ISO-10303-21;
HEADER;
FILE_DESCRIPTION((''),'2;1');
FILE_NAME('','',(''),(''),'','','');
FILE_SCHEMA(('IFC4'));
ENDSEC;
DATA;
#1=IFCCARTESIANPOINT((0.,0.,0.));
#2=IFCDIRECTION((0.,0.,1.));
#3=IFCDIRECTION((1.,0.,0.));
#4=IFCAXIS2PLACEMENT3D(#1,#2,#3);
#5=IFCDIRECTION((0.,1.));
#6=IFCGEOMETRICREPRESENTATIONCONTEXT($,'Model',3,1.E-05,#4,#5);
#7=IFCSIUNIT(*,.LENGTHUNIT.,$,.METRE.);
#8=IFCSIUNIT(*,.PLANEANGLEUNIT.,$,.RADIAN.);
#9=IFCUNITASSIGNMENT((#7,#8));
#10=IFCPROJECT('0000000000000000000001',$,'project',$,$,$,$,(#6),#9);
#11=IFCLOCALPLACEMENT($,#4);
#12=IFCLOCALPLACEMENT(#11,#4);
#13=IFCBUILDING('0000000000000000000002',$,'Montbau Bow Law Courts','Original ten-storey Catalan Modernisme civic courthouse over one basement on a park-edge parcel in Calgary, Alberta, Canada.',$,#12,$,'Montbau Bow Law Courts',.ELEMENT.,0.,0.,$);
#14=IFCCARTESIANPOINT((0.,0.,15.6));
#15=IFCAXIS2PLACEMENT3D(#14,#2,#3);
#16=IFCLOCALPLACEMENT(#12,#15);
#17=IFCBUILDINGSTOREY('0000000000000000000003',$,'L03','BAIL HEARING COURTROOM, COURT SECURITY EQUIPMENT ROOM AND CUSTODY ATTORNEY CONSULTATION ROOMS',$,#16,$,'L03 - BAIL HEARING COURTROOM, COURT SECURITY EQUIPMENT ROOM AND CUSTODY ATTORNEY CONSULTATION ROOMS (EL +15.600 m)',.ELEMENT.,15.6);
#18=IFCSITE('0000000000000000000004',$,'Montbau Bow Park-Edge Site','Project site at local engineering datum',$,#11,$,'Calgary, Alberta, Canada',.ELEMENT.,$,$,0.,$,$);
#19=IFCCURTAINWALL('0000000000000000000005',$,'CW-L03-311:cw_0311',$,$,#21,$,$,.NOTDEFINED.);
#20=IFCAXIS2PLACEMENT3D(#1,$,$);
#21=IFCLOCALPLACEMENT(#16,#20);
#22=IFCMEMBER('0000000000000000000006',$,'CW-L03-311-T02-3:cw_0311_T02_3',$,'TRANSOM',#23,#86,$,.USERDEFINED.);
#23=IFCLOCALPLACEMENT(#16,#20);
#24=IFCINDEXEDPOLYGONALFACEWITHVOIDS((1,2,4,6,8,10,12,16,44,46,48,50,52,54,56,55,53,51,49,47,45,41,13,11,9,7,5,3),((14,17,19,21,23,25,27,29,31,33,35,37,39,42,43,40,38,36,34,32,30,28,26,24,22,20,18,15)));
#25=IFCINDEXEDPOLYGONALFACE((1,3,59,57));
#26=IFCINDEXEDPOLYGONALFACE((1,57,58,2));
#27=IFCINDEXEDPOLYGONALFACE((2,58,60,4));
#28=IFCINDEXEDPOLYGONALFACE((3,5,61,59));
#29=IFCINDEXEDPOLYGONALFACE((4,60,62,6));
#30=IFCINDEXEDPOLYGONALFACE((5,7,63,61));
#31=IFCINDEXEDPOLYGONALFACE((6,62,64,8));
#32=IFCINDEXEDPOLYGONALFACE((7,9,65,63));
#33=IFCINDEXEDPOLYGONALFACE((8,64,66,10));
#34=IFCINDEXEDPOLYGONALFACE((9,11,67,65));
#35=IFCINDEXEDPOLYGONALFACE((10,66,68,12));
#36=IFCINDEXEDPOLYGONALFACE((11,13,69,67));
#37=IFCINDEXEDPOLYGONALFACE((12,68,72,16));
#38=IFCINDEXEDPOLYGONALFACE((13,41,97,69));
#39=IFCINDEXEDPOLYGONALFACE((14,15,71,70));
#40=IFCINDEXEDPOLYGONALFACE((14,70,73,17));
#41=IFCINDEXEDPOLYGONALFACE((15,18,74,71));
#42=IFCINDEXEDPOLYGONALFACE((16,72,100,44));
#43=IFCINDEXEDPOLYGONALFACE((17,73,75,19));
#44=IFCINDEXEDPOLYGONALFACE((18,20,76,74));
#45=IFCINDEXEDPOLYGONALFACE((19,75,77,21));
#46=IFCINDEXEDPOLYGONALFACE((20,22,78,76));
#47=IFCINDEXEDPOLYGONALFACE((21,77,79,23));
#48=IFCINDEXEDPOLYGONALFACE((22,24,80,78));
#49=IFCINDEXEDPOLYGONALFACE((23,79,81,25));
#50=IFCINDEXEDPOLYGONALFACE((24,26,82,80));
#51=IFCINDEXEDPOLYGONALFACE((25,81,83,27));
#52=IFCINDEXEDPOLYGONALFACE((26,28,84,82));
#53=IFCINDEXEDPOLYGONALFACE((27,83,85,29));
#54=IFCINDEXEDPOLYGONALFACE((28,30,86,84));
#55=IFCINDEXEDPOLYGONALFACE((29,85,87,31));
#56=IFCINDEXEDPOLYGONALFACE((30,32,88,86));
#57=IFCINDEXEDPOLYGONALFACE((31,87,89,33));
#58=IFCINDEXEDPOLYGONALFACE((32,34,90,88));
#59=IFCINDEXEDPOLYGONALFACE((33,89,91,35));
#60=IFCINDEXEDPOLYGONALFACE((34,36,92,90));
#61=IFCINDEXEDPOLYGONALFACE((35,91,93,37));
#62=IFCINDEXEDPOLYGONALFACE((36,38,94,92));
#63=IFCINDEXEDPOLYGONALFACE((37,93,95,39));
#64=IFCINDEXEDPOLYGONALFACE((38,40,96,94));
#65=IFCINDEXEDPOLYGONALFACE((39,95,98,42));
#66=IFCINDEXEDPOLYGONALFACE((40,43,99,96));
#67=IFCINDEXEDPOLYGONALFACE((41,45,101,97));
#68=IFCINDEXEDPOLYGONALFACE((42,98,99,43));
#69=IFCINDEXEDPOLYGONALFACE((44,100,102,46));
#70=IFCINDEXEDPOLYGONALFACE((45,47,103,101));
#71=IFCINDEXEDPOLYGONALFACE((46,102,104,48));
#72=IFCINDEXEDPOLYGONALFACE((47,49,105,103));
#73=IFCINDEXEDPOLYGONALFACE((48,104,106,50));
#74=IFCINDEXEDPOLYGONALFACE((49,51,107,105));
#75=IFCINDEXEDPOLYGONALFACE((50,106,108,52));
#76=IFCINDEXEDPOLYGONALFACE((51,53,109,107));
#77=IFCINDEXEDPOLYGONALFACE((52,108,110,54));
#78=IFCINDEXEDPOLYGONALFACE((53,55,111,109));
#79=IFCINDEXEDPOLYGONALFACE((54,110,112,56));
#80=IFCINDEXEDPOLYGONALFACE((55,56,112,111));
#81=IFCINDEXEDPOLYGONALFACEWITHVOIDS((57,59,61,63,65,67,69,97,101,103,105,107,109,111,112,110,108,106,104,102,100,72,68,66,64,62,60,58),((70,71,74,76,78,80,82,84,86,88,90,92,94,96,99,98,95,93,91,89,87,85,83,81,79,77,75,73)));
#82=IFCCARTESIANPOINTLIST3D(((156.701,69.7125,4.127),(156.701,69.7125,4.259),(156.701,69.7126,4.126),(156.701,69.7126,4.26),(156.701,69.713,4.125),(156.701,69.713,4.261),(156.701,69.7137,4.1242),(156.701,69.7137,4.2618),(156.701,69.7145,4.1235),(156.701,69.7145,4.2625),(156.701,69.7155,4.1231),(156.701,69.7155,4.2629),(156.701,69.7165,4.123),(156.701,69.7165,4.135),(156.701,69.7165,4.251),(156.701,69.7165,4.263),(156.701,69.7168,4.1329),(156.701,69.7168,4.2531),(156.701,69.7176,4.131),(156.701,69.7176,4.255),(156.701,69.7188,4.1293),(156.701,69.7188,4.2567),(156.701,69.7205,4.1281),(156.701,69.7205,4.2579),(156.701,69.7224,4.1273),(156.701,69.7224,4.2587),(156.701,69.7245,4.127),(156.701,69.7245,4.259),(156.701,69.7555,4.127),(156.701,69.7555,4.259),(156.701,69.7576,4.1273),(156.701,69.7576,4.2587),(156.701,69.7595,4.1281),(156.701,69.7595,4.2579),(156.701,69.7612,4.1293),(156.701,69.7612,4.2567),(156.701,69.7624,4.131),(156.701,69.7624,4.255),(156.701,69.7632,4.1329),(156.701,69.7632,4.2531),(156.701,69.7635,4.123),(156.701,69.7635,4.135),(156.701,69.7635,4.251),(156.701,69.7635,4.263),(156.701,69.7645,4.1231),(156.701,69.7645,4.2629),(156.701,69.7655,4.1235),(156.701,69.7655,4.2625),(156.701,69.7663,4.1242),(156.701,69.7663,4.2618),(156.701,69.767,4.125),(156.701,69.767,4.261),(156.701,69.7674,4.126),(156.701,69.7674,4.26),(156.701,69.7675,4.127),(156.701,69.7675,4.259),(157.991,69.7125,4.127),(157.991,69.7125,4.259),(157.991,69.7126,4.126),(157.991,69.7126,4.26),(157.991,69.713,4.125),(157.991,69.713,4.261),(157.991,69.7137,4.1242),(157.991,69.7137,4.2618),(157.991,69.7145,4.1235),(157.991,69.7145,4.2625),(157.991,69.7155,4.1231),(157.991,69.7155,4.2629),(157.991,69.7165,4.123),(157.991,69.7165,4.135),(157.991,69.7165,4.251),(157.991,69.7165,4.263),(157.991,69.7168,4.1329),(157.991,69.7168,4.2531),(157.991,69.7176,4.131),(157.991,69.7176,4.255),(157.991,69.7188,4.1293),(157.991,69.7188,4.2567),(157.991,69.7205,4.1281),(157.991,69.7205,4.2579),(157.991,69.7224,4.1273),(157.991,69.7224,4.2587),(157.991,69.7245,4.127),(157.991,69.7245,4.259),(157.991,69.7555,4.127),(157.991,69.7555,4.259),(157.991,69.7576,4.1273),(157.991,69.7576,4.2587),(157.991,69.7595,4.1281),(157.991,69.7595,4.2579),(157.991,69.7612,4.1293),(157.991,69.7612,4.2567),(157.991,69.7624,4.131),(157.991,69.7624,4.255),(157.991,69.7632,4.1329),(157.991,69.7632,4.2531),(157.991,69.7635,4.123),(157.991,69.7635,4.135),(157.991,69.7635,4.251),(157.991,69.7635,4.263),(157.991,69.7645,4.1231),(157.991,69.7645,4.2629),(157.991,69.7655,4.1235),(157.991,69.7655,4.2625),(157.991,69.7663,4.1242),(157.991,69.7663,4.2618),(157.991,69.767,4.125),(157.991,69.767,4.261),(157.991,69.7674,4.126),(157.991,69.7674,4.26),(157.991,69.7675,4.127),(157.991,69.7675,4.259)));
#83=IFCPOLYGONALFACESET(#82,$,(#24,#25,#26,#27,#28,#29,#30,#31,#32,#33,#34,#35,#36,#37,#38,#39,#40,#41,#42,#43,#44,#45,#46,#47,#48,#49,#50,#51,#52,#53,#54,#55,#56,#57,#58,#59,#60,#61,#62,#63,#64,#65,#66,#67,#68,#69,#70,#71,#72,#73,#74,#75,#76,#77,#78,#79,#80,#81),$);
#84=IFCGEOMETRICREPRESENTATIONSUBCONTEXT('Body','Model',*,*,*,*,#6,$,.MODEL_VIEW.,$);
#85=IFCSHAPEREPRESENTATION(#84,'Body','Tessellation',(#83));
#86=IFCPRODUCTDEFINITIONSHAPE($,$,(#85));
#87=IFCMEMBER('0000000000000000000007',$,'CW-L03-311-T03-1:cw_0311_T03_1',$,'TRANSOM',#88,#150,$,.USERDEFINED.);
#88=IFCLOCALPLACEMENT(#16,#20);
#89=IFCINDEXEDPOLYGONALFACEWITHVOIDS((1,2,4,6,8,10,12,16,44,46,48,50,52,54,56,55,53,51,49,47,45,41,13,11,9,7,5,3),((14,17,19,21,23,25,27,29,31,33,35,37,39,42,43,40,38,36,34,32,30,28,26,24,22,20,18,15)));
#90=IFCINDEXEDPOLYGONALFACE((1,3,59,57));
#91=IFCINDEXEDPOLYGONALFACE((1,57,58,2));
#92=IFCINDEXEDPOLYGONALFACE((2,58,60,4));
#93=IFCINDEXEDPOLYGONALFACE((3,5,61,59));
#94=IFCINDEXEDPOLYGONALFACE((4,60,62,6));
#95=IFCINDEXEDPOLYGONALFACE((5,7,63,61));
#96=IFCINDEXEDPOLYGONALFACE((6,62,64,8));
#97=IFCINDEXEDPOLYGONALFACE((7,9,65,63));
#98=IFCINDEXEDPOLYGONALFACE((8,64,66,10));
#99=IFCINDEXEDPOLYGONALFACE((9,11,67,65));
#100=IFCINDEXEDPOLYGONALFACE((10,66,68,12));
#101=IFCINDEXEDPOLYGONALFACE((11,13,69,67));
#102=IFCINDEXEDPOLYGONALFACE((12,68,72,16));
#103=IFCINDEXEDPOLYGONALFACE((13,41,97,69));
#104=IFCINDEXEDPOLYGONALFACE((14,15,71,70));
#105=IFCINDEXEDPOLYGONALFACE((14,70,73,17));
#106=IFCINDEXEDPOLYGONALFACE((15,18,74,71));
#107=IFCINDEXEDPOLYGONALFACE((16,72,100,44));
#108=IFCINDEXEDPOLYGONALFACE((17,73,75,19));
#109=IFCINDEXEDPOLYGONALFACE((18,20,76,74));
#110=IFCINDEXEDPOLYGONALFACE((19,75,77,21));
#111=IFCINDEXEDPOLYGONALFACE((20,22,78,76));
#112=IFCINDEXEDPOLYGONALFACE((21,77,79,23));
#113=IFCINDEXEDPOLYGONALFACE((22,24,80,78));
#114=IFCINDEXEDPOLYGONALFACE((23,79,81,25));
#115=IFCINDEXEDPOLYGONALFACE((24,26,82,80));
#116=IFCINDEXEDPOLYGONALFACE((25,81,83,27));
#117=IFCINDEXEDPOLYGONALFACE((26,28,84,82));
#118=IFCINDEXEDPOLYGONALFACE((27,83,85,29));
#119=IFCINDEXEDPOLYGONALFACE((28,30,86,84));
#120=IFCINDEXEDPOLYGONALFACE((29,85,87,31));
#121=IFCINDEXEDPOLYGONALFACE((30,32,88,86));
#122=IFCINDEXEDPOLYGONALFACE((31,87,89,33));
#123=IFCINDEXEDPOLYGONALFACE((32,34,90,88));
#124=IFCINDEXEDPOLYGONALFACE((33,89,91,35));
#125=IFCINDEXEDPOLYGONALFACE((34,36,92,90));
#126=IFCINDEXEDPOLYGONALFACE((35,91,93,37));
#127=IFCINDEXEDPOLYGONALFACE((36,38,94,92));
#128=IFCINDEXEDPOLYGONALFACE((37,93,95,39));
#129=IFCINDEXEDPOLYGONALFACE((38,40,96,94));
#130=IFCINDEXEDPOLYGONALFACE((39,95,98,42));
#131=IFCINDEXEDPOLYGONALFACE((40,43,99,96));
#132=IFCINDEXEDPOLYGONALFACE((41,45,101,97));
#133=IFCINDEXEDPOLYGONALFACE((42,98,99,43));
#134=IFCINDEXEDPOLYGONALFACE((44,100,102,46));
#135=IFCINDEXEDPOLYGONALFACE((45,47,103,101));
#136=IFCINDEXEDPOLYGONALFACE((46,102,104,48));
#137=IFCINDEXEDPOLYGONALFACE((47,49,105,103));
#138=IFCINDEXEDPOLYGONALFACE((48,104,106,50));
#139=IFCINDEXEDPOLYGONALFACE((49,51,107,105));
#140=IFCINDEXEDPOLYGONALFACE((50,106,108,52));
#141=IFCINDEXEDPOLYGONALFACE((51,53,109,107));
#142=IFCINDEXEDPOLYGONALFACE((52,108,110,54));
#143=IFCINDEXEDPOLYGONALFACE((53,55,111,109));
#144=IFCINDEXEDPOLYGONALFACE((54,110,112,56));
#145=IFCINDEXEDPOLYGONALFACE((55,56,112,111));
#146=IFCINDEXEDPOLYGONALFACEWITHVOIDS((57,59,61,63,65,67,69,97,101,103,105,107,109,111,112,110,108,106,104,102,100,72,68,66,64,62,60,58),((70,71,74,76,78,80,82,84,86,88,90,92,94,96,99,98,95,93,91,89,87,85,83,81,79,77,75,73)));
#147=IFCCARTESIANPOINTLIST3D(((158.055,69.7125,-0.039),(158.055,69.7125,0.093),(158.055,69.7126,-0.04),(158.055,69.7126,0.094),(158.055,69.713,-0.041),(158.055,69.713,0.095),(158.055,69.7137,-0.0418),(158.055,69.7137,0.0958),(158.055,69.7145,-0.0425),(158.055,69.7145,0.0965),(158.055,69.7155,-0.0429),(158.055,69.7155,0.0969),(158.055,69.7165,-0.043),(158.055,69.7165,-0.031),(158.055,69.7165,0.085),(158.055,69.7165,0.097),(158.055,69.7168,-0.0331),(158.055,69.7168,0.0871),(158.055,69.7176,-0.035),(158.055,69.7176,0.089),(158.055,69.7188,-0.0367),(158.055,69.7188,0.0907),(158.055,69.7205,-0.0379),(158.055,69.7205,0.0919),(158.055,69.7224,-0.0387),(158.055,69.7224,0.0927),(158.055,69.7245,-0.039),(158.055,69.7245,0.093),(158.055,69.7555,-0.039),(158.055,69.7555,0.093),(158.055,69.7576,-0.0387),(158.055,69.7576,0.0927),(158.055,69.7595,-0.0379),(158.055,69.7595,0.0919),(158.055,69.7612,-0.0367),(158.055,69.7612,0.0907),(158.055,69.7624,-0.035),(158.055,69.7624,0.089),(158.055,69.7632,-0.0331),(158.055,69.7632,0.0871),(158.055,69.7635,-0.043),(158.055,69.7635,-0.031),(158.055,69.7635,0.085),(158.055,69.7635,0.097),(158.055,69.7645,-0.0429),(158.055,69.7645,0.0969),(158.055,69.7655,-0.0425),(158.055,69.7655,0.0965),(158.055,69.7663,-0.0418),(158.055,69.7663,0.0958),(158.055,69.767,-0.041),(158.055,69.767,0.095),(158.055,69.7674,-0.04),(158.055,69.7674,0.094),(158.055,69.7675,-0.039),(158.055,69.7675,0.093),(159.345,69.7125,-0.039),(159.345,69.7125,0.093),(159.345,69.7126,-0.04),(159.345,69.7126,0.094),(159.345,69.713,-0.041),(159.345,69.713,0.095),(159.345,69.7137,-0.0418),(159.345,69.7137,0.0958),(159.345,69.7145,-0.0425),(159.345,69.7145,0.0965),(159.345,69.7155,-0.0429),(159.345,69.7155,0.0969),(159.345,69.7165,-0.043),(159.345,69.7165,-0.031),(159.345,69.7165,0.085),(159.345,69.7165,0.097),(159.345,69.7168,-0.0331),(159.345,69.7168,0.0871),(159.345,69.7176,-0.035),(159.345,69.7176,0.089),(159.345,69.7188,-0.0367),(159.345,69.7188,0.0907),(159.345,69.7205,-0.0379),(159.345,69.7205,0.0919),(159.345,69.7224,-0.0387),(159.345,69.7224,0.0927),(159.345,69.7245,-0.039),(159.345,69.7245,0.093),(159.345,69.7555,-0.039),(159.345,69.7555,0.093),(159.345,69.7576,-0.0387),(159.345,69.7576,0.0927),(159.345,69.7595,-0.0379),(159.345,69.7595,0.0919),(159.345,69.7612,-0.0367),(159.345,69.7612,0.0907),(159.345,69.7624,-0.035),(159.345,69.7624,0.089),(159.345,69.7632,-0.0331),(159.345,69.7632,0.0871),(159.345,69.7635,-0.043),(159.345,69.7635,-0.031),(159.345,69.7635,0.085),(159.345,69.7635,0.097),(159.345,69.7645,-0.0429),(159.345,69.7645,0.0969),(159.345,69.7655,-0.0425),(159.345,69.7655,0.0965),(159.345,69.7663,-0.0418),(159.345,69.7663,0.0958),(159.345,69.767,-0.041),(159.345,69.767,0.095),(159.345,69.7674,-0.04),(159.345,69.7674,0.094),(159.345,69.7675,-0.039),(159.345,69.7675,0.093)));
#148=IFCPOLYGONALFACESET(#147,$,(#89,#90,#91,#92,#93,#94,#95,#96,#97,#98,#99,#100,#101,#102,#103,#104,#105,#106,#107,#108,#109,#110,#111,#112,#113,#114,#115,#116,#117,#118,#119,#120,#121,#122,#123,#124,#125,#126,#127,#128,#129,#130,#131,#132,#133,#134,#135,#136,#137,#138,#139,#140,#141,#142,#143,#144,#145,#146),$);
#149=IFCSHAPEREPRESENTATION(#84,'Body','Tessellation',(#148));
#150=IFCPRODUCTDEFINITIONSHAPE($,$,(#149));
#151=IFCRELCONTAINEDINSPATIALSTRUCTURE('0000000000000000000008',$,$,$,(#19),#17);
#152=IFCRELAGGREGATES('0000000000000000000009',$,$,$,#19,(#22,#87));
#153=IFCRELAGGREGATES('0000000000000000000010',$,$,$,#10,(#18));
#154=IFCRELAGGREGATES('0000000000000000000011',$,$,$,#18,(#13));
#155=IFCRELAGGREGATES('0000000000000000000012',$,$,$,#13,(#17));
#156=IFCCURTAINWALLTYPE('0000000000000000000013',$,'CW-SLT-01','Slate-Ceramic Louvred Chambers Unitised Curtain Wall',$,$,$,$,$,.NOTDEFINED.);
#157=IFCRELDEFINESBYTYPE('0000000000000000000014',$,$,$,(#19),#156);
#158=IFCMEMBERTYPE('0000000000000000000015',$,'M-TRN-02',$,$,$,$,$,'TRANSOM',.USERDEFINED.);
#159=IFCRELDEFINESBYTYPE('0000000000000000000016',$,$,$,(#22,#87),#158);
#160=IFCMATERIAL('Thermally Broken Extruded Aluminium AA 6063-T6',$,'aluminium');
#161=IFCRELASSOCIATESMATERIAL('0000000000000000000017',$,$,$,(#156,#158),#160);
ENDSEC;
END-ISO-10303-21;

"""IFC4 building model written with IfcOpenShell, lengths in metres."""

from ifc_helpers import new_model, si_unit, direction, frame, origin_with_axes, origin_2d_with_axis, place, context, subcontext, project, spatial, hollow_rectangle, extrude, material, material_profile, profile_set, type_object, element, aggregate, save


model = new_model("IFC4")

# Units and contexts
model_context = context("Model", 3, precision=1e-05, world=origin_with_axes(), true_north=direction((0.0, 1.0)))
body_context = subcontext(model_context, "Body", "Model", "MODEL_VIEW")
ifc_project = project(units=[si_unit("LENGTHUNIT", "METRE"), si_unit("PLANEANGLEUNIT", "RADIAN")], contexts=[model_context])

# Site, building, storey
site_placement = place(None, origin_with_axes())
site = spatial("IfcSite", under=ifc_project, at=site_placement, Name="Montbau Bow Park-Edge Site", Description="Project site at local engineering datum", LongName="Calgary, Alberta, Canada", CompositionType="ELEMENT", RefElevation=0.0)
building_placement = place(site_placement, origin_with_axes())
building = spatial("IfcBuilding", under=site, at=building_placement, Name="Montbau Bow Law Courts", Description="Original ten-storey Catalan Modernisme civic courthouse over one basement on a park-edge parcel in Calgary, Alberta, Canada.", LongName="Montbau Bow Law Courts", CompositionType="ELEMENT", ElevationOfRefHeight=0.0, ElevationOfTerrain=0.0)
storey_placement = place(building_placement, frame((0.0, 0.0, 15.6), z_axis=(0.0, 0.0, 1.0), x_axis=(1.0, 0.0, 0.0)))
storey = spatial("IfcBuildingStorey", under=building, at=storey_placement, Name="L03", Description="BAIL HEARING COURTROOM, COURT SECURITY EQUIPMENT ROOM AND CUSTODY ATTORNEY CONSULTATION ROOMS", LongName="L03 - BAIL HEARING COURTROOM, COURT SECURITY EQUIPMENT ROOM AND CUSTODY ATTORNEY CONSULTATION ROOMS (EL +15.600 m)", CompositionType="ELEMENT", Elevation=15.6)

# Curtain wall, members
ifc_material_1 = material(Name="Thermally Broken Extruded Aluminium AA 6063-T6", Category="aluminium")
curtain_wall_type = type_object("IfcCurtainWallType", Name="CW-SLT-01", Description="Slate-Ceramic Louvred Chambers Unitised Curtain Wall", PredefinedType="NOTDEFINED", material=ifc_material_1)
curtain_wall_placement = place(None, frame((155.315, 69.74, 15.6), z_axis=(0.0, 0.0, 1.0), x_axis=(1.0, 0.0, 0.0)))
curtain_wall = element("IfcCurtainWall", 1, at=curtain_wall_placement, inside=storey, type_object=curtain_wall_type, Name="CW-L03-311:cw_0311", PredefinedType="NOTDEFINED")
ifc_material_profile_1 = material_profile(ifc_material_1, hollow_rectangle(XDim=0.055, YDim=0.14, WallThickness=0.004, InnerFilletRadius=0.008, OuterFilletRadius=0.004, at=origin_2d_with_axis()), Name="CWT-140X55", Category="Main", Priority=0)
ifc_profile_set_1 = profile_set([ifc_material_profile_1], Name="Thermally Broken Extruded Aluminium AA 6063-T6")
member_type_1 = type_object("IfcMemberType", Name="M-TRN-02", ElementType="TRANSOM", PredefinedType="USERDEFINED", material=ifc_profile_set_1)
member_1_placement = place(None, frame((156.701, 69.74, 19.793), z_axis=(1.0, 0.0, 0.0), x_axis=(0.0, 1.0, 0.0)))
member_1 = element("IfcMember", 2, at=member_1_placement, type_object=member_type_1, Name="CW-L03-311-T02-3:cw_0311_T02_3", ObjectType="TRANSOM", PredefinedType="USERDEFINED", context=body_context, shape_type="SweptSolid", body=[
    extrude(hollow_rectangle(XDim=0.055, YDim=0.14, WallThickness=0.004, InnerFilletRadius=0.008, OuterFilletRadius=0.004, at=origin_2d_with_axis()), origin_with_axes(), (0.0, 0.0, 1.0), 1.29),
])
member_2_placement = place(None, frame((158.055, 69.74, 15.627), z_axis=(1.0, 0.0, 0.0), x_axis=(0.0, 1.0, 0.0)))
member_2 = element("IfcMember", 3, at=member_2_placement, type_object=member_type_1, Name="CW-L03-311-T03-1:cw_0311_T03_1", ObjectType="TRANSOM", PredefinedType="USERDEFINED", context=body_context, shape_type="SweptSolid", body=[
    extrude(hollow_rectangle(XDim=0.055, YDim=0.14, WallThickness=0.004, InnerFilletRadius=0.008, OuterFilletRadius=0.004, at=origin_2d_with_axis()), origin_with_axes(), (0.0, 0.0, 1.0), 1.29),
])
aggregate(curtain_wall, [member_1, member_2])

save(model, "model.ifc")
